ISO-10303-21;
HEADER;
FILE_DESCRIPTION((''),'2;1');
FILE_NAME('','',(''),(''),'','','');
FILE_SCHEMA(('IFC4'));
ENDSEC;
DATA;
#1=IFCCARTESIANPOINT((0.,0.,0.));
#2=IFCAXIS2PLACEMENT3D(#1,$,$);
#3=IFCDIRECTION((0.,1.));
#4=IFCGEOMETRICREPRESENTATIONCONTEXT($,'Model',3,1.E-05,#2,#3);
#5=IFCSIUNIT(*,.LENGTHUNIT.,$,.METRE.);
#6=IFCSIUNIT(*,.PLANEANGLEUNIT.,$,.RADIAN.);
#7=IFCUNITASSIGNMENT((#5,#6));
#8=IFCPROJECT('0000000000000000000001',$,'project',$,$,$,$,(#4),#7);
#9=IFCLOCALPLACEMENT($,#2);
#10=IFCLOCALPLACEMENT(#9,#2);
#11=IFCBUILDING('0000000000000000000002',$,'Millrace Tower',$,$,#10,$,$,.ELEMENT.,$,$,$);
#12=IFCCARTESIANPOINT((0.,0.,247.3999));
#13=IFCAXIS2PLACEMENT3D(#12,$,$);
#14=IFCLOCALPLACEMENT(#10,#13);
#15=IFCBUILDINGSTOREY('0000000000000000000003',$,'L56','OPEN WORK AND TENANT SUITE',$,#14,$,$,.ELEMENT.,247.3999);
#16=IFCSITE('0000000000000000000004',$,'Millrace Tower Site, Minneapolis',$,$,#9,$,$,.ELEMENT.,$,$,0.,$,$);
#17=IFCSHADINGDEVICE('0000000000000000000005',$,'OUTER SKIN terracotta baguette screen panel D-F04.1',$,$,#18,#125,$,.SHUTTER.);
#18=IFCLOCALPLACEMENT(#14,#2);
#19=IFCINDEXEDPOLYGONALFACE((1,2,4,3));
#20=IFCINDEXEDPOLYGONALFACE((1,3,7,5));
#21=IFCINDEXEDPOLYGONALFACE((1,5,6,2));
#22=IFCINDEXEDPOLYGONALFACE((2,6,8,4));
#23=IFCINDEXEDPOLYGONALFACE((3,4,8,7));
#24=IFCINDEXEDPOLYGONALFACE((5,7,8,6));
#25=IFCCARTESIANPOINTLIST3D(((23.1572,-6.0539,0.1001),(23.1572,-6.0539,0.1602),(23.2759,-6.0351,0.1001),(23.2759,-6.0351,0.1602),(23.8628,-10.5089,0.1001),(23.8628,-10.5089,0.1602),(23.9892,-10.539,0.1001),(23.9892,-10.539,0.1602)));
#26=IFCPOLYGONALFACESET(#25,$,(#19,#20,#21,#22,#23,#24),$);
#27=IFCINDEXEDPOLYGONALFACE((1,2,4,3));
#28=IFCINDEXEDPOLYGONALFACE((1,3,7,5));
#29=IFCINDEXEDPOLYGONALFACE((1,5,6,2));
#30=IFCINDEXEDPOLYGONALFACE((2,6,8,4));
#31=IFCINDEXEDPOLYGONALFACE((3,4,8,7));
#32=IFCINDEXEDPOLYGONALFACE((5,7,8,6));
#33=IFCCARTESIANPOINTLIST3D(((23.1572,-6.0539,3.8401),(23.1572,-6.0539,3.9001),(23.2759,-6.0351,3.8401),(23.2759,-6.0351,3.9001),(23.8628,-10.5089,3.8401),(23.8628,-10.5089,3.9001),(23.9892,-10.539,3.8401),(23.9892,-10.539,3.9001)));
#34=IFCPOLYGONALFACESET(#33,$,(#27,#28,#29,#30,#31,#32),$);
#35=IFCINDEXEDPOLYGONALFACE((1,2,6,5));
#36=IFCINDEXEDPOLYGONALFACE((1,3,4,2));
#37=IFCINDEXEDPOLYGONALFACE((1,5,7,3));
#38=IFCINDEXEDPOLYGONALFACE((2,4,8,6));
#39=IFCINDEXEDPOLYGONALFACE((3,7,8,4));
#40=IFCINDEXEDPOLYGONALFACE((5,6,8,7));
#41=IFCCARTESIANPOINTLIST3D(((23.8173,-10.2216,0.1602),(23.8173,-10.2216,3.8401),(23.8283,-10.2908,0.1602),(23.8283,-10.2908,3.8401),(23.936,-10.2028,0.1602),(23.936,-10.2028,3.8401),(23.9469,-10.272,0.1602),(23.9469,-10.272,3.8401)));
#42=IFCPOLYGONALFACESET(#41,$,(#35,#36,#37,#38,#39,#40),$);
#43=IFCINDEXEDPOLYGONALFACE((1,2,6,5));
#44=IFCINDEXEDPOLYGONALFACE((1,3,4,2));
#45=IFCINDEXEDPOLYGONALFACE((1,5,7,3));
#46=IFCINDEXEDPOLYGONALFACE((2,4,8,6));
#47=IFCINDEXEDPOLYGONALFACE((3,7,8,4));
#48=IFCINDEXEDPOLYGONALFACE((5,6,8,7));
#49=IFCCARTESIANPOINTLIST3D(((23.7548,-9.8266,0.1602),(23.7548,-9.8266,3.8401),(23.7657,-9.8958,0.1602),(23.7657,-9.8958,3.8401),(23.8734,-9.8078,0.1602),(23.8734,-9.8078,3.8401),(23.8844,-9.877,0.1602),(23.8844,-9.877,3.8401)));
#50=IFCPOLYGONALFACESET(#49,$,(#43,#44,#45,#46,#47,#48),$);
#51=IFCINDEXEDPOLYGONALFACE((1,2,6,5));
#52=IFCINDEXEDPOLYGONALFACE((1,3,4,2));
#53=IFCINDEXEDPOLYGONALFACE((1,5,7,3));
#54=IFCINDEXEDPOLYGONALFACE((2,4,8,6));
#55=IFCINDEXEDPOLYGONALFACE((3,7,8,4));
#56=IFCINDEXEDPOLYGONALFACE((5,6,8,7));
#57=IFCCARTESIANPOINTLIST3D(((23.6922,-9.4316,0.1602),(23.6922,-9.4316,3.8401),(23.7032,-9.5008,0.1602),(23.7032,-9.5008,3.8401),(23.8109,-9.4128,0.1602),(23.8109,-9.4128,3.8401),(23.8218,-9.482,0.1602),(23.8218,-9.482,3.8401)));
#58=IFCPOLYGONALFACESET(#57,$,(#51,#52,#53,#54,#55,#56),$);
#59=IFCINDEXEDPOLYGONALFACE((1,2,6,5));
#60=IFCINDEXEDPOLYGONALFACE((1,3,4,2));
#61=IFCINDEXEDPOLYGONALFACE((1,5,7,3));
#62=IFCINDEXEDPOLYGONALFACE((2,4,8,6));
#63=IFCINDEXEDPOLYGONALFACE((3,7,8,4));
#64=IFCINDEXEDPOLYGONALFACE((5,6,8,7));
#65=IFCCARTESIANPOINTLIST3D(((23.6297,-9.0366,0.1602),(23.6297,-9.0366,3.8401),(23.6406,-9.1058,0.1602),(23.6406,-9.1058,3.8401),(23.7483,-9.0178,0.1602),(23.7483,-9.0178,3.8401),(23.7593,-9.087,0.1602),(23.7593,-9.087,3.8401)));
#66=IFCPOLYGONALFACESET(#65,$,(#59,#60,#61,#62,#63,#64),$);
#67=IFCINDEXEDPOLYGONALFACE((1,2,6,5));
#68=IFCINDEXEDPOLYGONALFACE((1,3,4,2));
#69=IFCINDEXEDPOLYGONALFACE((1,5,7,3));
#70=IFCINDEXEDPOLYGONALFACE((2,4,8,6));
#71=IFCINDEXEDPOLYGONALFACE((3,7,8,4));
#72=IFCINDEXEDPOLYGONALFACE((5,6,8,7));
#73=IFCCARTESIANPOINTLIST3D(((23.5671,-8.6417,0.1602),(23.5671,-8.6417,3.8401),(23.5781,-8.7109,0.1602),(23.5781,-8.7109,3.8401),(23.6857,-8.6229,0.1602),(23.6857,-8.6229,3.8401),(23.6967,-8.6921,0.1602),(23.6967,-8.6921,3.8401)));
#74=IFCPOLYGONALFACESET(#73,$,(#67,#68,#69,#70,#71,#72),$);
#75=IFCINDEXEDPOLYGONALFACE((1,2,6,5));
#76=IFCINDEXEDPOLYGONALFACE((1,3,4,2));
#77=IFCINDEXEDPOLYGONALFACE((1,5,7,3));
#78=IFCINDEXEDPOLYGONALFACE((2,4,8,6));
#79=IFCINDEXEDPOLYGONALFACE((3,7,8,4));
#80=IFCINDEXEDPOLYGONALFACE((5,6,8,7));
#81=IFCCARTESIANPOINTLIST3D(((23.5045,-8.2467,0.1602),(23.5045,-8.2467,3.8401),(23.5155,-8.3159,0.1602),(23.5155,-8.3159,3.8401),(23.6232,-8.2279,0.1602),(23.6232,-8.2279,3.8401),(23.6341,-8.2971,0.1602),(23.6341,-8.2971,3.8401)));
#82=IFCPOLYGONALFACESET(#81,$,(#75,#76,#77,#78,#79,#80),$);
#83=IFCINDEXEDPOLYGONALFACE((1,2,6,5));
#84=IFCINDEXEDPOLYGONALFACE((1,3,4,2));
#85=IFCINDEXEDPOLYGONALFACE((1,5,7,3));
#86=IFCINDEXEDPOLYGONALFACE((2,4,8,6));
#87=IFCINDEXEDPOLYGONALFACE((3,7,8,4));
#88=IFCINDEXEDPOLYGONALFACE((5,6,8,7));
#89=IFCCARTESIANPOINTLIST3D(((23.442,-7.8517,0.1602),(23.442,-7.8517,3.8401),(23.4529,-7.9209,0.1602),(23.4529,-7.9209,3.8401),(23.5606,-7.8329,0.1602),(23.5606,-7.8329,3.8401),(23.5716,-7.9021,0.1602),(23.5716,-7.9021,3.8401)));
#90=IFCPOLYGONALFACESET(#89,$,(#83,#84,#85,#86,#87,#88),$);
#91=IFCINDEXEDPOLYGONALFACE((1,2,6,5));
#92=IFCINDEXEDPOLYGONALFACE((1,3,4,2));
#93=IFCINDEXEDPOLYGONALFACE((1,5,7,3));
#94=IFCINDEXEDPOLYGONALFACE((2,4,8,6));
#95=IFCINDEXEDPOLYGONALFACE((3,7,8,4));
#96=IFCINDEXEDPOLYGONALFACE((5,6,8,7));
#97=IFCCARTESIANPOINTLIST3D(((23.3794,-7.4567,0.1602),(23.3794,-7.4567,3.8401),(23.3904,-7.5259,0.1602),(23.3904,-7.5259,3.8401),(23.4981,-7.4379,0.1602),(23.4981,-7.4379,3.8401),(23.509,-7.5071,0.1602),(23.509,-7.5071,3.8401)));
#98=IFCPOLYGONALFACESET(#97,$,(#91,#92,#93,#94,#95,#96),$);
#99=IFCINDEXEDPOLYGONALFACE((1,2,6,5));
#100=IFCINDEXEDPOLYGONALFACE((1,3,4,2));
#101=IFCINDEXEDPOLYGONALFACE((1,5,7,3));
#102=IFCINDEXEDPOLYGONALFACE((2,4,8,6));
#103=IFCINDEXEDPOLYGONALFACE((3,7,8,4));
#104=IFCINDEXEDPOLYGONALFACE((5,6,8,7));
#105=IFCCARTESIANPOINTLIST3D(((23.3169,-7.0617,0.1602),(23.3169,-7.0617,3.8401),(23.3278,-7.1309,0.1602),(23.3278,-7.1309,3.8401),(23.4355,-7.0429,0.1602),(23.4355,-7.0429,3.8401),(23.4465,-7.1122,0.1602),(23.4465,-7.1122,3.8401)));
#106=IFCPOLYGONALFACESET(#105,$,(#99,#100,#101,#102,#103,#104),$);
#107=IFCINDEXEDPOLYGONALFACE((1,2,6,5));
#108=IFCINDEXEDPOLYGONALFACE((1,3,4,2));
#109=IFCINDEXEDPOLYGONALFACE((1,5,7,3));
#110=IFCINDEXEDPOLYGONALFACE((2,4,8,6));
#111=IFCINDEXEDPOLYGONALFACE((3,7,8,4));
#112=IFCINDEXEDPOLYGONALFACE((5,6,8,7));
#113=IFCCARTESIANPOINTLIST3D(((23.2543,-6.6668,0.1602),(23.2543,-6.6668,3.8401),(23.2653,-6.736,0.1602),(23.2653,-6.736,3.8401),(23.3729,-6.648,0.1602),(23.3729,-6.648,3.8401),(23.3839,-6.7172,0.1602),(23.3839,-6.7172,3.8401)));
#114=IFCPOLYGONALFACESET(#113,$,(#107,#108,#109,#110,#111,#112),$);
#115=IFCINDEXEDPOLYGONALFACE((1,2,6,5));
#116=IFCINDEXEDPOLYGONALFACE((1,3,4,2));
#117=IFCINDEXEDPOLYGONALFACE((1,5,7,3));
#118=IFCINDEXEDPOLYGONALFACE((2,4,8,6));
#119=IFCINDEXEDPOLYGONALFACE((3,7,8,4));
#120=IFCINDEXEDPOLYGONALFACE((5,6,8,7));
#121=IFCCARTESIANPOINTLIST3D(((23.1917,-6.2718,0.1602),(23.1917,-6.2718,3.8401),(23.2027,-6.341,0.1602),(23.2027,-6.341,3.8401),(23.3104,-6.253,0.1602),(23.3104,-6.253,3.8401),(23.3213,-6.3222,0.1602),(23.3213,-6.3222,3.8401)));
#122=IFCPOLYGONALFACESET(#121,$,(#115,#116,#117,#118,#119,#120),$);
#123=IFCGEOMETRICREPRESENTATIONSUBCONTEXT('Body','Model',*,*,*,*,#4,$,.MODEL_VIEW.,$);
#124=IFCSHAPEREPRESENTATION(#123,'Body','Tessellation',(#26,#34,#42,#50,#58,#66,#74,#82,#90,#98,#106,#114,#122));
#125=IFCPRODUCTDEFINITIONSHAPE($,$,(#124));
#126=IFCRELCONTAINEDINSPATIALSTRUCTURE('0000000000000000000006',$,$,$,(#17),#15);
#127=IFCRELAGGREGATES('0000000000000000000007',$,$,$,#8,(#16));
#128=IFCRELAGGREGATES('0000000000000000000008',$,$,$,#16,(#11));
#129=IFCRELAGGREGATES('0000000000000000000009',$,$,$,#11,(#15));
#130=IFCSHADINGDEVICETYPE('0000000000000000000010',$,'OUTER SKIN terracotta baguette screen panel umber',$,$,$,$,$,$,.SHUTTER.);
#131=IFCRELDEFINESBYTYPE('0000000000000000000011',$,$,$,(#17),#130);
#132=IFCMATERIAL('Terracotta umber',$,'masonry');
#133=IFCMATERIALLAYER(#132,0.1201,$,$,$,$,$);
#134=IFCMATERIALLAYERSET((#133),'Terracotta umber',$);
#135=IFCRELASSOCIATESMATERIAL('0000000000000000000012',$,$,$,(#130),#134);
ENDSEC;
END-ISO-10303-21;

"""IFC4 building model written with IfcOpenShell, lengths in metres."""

from ifc_helpers import new_model, entity, si_unit, direction, frame, frame_2d, origin, place, context, subcontext, project, spatial, rectangle, extrude, source, transform, mapped, material, layer, layer_set, type_object, element, save


model = new_model("IFC4")

# Units and contexts
model_context = context("Model", 3, precision=1e-05, world=origin(), true_north=direction((0.0, 1.0)))
body_context = subcontext(model_context, "Body", "Model", "MODEL_VIEW")
ifc_project = project(units=[si_unit("LENGTHUNIT", "METRE"), si_unit("PLANEANGLEUNIT", "RADIAN")], contexts=[model_context])

# Site, building, storey
site_placement = place(None, origin())
site = spatial("IfcSite", under=ifc_project, at=site_placement, Name="Millrace Tower Site, Minneapolis", CompositionType="ELEMENT", RefElevation=0.0)
building_placement = place(site_placement, origin())
building = spatial("IfcBuilding", under=site, at=building_placement, Name="Millrace Tower", CompositionType="ELEMENT")
storey_placement = place(building_placement, frame((0.0, 0.0, 247.3999)))
storey = spatial("IfcBuildingStorey", under=building, at=storey_placement, Name="L56", Description="OPEN WORK AND TENANT SUITE", CompositionType="ELEMENT", Elevation=247.3999)

# Shading device
ifc_material_1 = material(Name="Terracotta umber", Category="masonry")
ifc_layer_1 = layer(ifc_material_1, 0.1201)
ifc_layer_set_1 = layer_set([ifc_layer_1], Name="Terracotta umber")
shading_device_type = type_object("IfcShadingDeviceType", Name="OUTER SKIN terracotta baguette screen panel umber", PredefinedType="SHUTTER", material=ifc_layer_set_1)
cartesian_point_1 = entity("IfcCartesianPoint", [-2.2429, 0.0601])
shared_polyline_1 = entity("IfcPolyline", [cartesian_point_1, entity("IfcCartesianPoint", [2.2676, 0.0601]), entity("IfcCartesianPoint", [2.2676, -0.0601]), entity("IfcCartesianPoint", [-2.2925, -0.0601]), cartesian_point_1])
shared_shape_1 = source(origin(), body_context, "Body", "SweptSolid", [
    entity("IfcExtrudedAreaSolid", entity("IfcArbitraryClosedProfileDef", "AREA", None, shared_polyline_1), entity("IfcAxis2Placement3D", entity("IfcCartesianPoint", [0.0, 0.0, 0.0])), entity("IfcDirection", [0.0, 0.0, 1.0]), 0.0601),
    entity("IfcExtrudedAreaSolid", entity("IfcArbitraryClosedProfileDef", "AREA", None, shared_polyline_1), entity("IfcAxis2Placement3D", entity("IfcCartesianPoint", [0.0, 0.0, 3.74])), entity("IfcDirection", [0.0, 0.0, 1.0]), 0.0601),
    extrude(rectangle(XDim=0.0701, YDim=0.1201, at=frame_2d((-1.9871, 0.0))), frame((0.0, 0.0, 0.0601)), (0.0, 0.0, 1.0), 3.6799),
    extrude(rectangle(XDim=0.0701, YDim=0.1201, at=frame_2d((-1.5872, 0.0))), frame((0.0, 0.0, 0.0601)), (0.0, 0.0, 1.0), 3.6799),
    extrude(rectangle(XDim=0.0701, YDim=0.1201, at=frame_2d((-1.1873, 0.0))), frame((0.0, 0.0, 0.0601)), (0.0, 0.0, 1.0), 3.6799),
    extrude(rectangle(XDim=0.0701, YDim=0.1201, at=frame_2d((-0.7874, 0.0))), frame((0.0, 0.0, 0.0601)), (0.0, 0.0, 1.0), 3.6799),
    extrude(rectangle(XDim=0.0701, YDim=0.1201, at=frame_2d((-0.3875, 0.0))), frame((0.0, 0.0, 0.0601)), (0.0, 0.0, 1.0), 3.6799),
    extrude(rectangle(XDim=0.0701, YDim=0.1201, at=frame_2d((0.0125, 0.0))), frame((0.0, 0.0, 0.0601)), (0.0, 0.0, 1.0), 3.6799),
    extrude(rectangle(XDim=0.0701, YDim=0.1201, at=frame_2d((0.4124, 0.0))), frame((0.0, 0.0, 0.0601)), (0.0, 0.0, 1.0), 3.6799),
    extrude(rectangle(XDim=0.0701, YDim=0.1201, at=frame_2d((0.8123, 0.0))), frame((0.0, 0.0, 0.0601)), (0.0, 0.0, 1.0), 3.6799),
    extrude(rectangle(XDim=0.0701, YDim=0.1201, at=frame_2d((1.2122, 0.0))), frame((0.0, 0.0, 0.0601)), (0.0, 0.0, 1.0), 3.6799),
    extrude(rectangle(XDim=0.0701, YDim=0.1201, at=frame_2d((1.6121, 0.0))), frame((0.0, 0.0, 0.0601)), (0.0, 0.0, 1.0), 3.6799),
    extrude(rectangle(XDim=0.0701, YDim=0.1201, at=frame_2d((2.012, 0.0))), frame((0.0, 0.0, 0.0601)), (0.0, 0.0, 1.0), 3.6799),
])
shading_device_1_placement = place(storey_placement, frame((23.5713, -8.2842, 0.1001), z_axis=(0.0, 0.0, 1.0), x_axis=(-0.156434, 0.987688, 0.0)))
element("IfcShadingDevice", 1, at=shading_device_1_placement, inside=storey, type_object=shading_device_type, Name="OUTER SKIN terracotta baguette screen panel D-F04.1", PredefinedType="SHUTTER", context=body_context, shape_type="MappedRepresentation", body=[
    mapped(shared_shape_1, transform((0.0, 0.0, 0.0), scale=1.0)),
])

save(model, "model.ifc")
